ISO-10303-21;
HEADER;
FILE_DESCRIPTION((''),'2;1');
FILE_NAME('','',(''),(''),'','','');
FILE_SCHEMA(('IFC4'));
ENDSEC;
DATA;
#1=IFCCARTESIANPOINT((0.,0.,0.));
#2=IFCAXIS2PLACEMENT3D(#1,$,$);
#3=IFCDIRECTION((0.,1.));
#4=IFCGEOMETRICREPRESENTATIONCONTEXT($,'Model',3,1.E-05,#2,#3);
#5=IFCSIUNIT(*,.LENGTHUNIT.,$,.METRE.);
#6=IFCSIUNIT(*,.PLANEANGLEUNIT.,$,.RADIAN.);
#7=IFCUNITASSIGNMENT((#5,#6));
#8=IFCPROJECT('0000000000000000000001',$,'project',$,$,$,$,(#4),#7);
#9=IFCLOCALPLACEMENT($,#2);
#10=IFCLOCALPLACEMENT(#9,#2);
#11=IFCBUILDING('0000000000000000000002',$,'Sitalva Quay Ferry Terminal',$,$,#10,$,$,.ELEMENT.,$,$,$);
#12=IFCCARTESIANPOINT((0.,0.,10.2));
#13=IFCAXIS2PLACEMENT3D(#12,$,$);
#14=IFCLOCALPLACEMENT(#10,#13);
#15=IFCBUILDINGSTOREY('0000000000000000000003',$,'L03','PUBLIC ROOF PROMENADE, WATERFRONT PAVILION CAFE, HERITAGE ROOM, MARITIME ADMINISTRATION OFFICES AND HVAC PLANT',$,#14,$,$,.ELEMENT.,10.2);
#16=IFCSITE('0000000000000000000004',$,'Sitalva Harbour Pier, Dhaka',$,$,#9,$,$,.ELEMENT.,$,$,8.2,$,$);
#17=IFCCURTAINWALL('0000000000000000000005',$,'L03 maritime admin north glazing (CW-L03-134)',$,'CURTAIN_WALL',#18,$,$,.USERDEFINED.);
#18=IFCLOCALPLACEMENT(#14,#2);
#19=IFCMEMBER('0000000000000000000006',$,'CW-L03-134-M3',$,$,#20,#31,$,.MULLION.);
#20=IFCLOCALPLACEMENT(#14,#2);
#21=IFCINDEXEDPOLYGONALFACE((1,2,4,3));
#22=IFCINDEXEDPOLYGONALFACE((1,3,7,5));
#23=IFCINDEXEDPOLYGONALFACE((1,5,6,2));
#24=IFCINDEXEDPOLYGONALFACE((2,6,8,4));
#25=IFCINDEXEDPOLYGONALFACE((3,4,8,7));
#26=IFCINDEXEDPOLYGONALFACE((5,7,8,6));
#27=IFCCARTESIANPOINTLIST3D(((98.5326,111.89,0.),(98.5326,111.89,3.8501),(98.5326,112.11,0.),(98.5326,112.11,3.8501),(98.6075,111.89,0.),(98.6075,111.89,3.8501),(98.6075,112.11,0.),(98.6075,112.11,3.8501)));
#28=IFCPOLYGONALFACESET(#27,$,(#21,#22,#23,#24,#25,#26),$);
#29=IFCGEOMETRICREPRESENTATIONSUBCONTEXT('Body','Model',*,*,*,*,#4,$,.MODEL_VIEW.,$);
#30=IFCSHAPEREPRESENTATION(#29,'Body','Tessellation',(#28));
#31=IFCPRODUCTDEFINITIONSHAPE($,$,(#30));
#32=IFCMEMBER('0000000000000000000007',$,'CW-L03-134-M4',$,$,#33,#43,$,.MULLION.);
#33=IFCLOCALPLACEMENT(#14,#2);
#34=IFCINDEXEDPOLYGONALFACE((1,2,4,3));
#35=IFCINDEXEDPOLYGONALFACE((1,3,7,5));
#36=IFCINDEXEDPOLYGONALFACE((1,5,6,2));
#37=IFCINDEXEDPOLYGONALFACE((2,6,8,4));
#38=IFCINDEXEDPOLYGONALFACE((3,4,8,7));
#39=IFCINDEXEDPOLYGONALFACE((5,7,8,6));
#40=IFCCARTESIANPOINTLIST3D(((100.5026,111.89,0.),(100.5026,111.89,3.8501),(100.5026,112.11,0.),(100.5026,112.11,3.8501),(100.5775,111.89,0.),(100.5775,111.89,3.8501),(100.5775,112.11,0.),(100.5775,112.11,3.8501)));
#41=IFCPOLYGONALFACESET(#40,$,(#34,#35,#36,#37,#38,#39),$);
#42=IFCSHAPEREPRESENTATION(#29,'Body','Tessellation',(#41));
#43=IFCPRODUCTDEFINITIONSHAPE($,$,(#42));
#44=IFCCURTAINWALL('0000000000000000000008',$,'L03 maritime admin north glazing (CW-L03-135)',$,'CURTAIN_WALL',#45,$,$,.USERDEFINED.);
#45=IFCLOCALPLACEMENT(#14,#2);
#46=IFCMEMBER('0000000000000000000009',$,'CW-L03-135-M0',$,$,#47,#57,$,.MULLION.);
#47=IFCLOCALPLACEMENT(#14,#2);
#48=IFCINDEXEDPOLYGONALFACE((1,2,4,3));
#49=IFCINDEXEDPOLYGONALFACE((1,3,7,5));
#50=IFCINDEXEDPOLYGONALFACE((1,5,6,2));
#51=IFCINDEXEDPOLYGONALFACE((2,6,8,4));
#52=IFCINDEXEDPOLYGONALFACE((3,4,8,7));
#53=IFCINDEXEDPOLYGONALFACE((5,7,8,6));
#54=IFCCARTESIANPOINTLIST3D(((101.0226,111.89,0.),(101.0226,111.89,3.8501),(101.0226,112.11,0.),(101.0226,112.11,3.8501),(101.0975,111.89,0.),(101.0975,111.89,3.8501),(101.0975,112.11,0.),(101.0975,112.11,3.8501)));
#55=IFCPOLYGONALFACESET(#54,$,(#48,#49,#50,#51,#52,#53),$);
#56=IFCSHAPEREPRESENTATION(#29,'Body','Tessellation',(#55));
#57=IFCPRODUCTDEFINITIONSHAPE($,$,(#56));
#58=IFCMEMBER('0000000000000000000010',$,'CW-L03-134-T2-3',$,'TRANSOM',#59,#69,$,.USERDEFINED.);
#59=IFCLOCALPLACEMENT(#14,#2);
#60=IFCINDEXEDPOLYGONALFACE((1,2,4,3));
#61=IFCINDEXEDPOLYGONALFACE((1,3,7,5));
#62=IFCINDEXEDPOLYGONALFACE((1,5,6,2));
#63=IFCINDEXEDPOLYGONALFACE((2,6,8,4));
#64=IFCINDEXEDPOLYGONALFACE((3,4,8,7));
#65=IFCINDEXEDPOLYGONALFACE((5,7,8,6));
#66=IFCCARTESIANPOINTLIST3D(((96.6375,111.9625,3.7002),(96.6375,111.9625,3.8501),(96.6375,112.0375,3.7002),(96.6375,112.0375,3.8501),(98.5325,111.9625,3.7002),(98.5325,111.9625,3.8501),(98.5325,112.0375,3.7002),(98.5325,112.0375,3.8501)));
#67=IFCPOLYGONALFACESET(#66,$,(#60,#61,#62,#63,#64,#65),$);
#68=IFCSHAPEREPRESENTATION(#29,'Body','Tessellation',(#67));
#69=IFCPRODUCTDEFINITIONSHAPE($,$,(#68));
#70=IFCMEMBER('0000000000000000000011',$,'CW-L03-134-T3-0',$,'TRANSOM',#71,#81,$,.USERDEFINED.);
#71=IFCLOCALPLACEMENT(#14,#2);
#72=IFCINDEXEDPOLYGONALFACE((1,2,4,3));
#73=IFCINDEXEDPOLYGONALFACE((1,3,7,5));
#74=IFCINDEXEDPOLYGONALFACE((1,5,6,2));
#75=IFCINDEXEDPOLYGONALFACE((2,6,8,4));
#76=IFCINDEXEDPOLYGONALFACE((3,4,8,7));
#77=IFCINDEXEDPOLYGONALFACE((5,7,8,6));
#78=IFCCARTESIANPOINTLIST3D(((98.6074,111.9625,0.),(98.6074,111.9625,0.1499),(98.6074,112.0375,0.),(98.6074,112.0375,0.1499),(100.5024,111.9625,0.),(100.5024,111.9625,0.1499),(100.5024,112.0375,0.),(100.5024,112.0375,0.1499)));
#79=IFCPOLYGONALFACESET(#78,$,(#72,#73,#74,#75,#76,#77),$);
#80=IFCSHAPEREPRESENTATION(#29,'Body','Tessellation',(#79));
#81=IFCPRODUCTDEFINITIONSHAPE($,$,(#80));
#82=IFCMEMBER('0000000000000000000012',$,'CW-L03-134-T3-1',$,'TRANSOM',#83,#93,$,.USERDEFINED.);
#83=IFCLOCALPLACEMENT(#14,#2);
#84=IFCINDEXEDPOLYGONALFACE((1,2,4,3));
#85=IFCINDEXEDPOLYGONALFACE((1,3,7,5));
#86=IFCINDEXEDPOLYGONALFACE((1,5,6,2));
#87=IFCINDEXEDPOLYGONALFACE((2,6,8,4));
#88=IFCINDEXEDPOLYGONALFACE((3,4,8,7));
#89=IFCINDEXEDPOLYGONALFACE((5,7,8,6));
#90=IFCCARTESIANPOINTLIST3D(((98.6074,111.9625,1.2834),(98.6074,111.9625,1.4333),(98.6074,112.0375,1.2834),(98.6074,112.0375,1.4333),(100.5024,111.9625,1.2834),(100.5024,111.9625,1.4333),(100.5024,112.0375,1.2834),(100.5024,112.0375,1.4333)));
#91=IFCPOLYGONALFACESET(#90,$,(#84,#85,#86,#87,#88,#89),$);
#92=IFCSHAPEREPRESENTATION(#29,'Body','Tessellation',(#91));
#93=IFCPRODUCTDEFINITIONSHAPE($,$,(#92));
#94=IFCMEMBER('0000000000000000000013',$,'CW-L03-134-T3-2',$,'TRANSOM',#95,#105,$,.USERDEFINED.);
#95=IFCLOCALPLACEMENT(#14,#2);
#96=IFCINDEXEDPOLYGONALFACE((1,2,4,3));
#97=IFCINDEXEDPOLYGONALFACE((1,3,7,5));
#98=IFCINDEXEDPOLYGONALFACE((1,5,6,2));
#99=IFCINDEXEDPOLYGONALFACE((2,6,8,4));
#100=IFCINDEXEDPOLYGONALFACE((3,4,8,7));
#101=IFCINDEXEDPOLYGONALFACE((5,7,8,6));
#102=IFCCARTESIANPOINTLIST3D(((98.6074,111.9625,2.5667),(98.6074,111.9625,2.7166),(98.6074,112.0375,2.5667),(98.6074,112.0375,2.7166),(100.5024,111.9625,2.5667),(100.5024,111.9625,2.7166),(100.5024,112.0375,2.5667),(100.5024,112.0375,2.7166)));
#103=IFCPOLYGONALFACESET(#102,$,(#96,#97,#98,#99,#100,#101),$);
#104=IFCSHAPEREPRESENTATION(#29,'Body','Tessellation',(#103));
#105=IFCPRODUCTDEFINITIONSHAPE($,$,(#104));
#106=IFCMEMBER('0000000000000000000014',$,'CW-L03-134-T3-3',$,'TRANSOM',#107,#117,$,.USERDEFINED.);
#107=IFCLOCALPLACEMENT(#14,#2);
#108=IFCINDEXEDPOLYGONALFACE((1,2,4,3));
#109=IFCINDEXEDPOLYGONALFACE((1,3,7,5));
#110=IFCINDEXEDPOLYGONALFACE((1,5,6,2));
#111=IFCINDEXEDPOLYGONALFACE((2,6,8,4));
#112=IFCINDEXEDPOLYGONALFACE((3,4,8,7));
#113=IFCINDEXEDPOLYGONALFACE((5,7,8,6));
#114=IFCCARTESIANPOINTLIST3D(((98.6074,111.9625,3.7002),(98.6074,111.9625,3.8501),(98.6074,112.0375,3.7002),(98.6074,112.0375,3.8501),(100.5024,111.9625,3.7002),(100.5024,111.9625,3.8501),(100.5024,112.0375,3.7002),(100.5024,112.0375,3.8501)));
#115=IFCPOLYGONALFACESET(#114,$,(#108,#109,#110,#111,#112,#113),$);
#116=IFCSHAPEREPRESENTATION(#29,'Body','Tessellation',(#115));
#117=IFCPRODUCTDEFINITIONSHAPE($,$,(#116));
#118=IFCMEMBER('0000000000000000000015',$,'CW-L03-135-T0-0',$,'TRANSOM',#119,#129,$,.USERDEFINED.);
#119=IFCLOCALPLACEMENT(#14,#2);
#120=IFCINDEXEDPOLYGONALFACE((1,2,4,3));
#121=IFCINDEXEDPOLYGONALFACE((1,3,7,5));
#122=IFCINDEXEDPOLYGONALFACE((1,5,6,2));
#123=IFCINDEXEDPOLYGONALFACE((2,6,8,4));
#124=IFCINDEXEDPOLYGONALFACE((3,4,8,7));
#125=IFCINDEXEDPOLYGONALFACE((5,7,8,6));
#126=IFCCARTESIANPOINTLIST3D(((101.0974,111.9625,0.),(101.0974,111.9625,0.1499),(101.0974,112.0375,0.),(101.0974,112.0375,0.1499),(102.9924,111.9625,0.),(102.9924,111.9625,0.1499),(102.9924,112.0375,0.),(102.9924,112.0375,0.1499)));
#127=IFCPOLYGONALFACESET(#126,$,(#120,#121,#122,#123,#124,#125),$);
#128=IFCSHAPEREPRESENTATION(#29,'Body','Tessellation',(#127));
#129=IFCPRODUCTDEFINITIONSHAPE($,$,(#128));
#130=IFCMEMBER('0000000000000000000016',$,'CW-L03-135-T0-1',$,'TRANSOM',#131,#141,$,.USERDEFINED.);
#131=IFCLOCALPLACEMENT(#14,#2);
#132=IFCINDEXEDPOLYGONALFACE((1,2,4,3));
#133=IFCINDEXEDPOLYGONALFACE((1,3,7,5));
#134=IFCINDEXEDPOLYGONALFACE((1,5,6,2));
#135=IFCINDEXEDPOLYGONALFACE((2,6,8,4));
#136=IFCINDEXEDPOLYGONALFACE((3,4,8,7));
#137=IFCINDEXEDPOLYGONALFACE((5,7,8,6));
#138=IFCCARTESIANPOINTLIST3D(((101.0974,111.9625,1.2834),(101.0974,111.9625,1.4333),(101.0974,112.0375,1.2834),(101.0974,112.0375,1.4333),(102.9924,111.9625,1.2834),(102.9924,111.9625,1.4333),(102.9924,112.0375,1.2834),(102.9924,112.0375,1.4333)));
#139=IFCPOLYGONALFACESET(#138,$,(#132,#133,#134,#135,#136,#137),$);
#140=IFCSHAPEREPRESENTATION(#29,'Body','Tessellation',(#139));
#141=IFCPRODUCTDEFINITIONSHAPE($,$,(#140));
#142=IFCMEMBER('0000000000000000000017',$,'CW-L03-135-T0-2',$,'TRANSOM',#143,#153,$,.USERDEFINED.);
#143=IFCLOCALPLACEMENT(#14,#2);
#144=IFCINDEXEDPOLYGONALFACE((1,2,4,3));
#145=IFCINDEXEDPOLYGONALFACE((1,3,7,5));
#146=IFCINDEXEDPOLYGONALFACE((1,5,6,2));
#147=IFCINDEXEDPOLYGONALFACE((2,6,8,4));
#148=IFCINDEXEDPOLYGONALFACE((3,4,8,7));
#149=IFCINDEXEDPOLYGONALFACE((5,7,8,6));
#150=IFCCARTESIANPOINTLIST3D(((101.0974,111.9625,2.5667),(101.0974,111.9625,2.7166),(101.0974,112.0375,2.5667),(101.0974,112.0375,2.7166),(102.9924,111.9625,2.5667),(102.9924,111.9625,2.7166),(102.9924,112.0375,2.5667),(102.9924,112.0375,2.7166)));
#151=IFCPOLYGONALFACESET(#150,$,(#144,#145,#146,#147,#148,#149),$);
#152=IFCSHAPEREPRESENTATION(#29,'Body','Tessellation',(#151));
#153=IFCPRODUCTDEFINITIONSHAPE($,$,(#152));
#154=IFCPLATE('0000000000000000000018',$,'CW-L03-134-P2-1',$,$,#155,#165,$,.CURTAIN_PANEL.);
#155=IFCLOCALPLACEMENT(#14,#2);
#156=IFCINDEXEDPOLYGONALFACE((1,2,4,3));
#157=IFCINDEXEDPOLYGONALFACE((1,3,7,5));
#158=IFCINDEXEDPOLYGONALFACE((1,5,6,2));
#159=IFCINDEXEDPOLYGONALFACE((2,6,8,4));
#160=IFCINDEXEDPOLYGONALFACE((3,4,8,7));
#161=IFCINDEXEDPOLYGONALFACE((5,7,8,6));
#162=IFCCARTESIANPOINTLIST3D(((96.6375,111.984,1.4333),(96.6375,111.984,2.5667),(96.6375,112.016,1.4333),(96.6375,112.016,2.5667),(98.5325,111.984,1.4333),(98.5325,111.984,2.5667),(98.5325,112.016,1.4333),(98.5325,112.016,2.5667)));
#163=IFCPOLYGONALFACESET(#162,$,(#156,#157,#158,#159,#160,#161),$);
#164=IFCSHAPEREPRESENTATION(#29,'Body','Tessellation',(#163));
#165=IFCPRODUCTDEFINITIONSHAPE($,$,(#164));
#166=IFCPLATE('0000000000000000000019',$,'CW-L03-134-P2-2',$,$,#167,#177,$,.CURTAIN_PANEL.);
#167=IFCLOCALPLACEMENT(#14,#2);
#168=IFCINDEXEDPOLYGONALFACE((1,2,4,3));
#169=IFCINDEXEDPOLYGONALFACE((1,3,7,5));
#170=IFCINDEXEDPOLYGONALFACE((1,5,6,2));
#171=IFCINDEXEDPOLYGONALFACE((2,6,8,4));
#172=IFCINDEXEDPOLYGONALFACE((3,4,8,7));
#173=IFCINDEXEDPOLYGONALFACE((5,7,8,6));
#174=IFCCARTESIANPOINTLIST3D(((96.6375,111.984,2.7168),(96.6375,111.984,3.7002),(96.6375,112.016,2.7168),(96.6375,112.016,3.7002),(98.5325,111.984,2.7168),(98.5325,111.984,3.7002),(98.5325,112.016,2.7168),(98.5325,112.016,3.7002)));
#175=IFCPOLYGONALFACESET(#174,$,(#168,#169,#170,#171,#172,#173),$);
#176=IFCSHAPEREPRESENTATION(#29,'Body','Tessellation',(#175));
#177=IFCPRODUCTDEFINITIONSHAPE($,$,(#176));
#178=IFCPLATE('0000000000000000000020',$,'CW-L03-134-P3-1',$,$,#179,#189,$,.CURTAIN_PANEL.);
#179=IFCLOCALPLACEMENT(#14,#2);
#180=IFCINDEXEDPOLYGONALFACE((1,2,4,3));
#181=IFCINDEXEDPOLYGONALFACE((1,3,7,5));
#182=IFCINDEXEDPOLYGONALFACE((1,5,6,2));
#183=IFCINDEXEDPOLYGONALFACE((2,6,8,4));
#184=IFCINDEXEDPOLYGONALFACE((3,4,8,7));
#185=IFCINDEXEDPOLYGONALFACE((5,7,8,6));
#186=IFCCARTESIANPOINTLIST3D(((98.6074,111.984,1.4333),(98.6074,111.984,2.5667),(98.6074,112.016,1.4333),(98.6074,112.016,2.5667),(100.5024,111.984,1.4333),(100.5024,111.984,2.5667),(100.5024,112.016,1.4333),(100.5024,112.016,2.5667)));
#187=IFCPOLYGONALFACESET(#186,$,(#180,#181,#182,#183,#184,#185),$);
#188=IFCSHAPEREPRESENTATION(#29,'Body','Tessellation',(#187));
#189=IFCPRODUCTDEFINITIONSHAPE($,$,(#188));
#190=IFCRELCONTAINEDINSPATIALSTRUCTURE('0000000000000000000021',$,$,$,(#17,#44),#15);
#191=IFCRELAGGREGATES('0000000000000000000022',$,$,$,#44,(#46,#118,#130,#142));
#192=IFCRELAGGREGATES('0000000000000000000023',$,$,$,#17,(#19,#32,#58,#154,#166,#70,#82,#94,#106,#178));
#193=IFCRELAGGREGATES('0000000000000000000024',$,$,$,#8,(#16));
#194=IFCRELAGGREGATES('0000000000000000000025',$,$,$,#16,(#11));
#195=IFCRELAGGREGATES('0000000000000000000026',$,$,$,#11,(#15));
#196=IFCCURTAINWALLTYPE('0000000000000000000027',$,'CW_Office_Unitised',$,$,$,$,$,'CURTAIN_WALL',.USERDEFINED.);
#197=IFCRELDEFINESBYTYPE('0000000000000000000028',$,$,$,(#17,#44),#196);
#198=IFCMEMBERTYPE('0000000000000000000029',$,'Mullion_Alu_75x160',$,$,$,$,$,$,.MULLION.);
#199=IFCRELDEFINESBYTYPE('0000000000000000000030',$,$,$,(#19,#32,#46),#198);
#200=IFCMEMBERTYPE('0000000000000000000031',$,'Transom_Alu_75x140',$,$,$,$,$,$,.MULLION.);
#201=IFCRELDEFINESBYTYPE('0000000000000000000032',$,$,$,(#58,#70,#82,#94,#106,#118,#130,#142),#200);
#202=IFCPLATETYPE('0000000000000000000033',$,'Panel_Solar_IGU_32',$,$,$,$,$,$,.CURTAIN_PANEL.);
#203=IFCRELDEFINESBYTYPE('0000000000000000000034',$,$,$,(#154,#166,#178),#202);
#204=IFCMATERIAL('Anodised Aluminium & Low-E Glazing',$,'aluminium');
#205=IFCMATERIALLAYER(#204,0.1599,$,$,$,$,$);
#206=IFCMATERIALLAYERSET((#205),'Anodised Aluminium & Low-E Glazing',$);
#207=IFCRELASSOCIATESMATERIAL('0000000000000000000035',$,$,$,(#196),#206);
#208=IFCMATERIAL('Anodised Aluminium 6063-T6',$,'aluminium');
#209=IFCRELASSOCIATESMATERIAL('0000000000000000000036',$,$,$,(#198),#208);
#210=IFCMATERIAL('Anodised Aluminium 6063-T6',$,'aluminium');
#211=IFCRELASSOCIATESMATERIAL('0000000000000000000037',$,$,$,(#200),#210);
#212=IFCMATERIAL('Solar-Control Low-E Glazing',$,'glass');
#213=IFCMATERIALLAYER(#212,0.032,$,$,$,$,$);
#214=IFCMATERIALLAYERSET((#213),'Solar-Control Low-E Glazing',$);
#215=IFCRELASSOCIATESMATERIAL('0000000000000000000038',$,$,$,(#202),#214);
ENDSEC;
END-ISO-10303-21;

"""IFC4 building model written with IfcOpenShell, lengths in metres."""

from ifc_helpers import new_model, si_unit, direction, frame, origin, origin_2d, place, context, subcontext, project, spatial, rectangle, extrude, material, layer, layer_set, material_profile, profile_set, type_object, element, aggregate, save


model = new_model("IFC4")

# Units and contexts
model_context = context("Model", 3, precision=1e-05, world=origin(), true_north=direction((0.0, 1.0)))
body_context = subcontext(model_context, "Body", "Model", "MODEL_VIEW")
ifc_project = project(units=[si_unit("LENGTHUNIT", "METRE"), si_unit("PLANEANGLEUNIT", "RADIAN")], contexts=[model_context])

# Site, building, storey
site_placement = place(None, origin())
site = spatial("IfcSite", under=ifc_project, at=site_placement, Name="Sitalva Harbour Pier, Dhaka", CompositionType="ELEMENT", RefElevation=8.2)
building_placement = place(site_placement, origin())
building = spatial("IfcBuilding", under=site, at=building_placement, Name="Sitalva Quay Ferry Terminal", CompositionType="ELEMENT")
storey_placement = place(building_placement, frame((0.0, 0.0, 10.2)))
storey = spatial("IfcBuildingStorey", under=building, at=storey_placement, Name="L03", Description="PUBLIC ROOF PROMENADE, WATERFRONT PAVILION CAFE, HERITAGE ROOM, MARITIME ADMINISTRATION OFFICES AND HVAC PLANT", CompositionType="ELEMENT", Elevation=10.2)

# Curtain wall, members
ifc_material_1 = material(Name="Anodised Aluminium & Low-E Glazing", Category="aluminium")
ifc_layer_1 = layer(ifc_material_1, 0.1599)
ifc_layer_set_1 = layer_set([ifc_layer_1], Name="Anodised Aluminium & Low-E Glazing")
curtain_wall_type = type_object("IfcCurtainWallType", Name="CW_Office_Unitised", ElementType="CURTAIN_WALL", PredefinedType="USERDEFINED", material=ifc_layer_set_1)
curtain_wall_1_placement = place(storey_placement, origin())
curtain_wall_1 = element("IfcCurtainWall", 1, at=curtain_wall_1_placement, inside=storey, type_object=curtain_wall_type, Name="L03 maritime admin north glazing (CW-L03-134)", ObjectType="CURTAIN_WALL", PredefinedType="USERDEFINED")
ifc_material_2 = material(Name="Anodised Aluminium 6063-T6", Category="aluminium")
ifc_material_profile_1 = material_profile(ifc_material_2, rectangle(XDim=0.075, YDim=0.22, at=origin_2d()), Name="ALU75x220")
ifc_profile_set_1 = profile_set([ifc_material_profile_1], Name="Anodised Aluminium 6063-T6")
member_type_1 = type_object("IfcMemberType", Name="Mullion_Alu_75x160", PredefinedType="MULLION", material=ifc_profile_set_1)
member_1_placement = place(storey_placement, frame((98.5701, 112.0, 0.0), z_axis=(0.0, 0.0, 1.0), x_axis=(1.0, 0.0, 0.0)))
member_1 = element("IfcMember", 2, at=member_1_placement, type_object=member_type_1, Name="CW-L03-134-M3", PredefinedType="MULLION", context=body_context, shape_type="SweptSolid", body=[
    extrude(rectangle(XDim=0.075, YDim=0.22, at=origin_2d()), origin(), (0.0, 0.0, 1.0), 3.8501),
])
member_2_placement = place(storey_placement, frame((100.54, 112.0, 0.0), z_axis=(0.0, 0.0, 1.0), x_axis=(1.0, 0.0, 0.0)))
member_2 = element("IfcMember", 3, at=member_2_placement, type_object=member_type_1, Name="CW-L03-134-M4", PredefinedType="MULLION", context=body_context, shape_type="SweptSolid", body=[
    extrude(rectangle(XDim=0.075, YDim=0.22, at=origin_2d()), origin(), (0.0, 0.0, 1.0), 3.8501),
])

# Curtain wall, member
curtain_wall_2_placement = place(storey_placement, origin())
curtain_wall_2 = element("IfcCurtainWall", 4, at=curtain_wall_2_placement, inside=storey, type_object=curtain_wall_type, Name="L03 maritime admin north glazing (CW-L03-135)", ObjectType="CURTAIN_WALL", PredefinedType="USERDEFINED")
member_3_placement = place(storey_placement, frame((101.0601, 112.0, 0.0), z_axis=(0.0, 0.0, 1.0), x_axis=(1.0, 0.0, 0.0)))
member_3 = element("IfcMember", 5, at=member_3_placement, type_object=member_type_1, Name="CW-L03-135-M0", PredefinedType="MULLION", context=body_context, shape_type="SweptSolid", body=[
    extrude(rectangle(XDim=0.075, YDim=0.22, at=origin_2d()), origin(), (0.0, 0.0, 1.0), 3.8501),
])

# Members
ifc_material_3 = material(Name="Anodised Aluminium 6063-T6", Category="aluminium")
ifc_material_profile_2 = material_profile(ifc_material_3, rectangle(XDim=0.075, YDim=0.1499, at=origin_2d()), Name="ALU75x150")
ifc_profile_set_2 = profile_set([ifc_material_profile_2], Name="Anodised Aluminium 6063-T6")
member_type_2 = type_object("IfcMemberType", Name="Transom_Alu_75x140", PredefinedType="MULLION", material=ifc_profile_set_2)
member_4_placement = place(storey_placement, frame((96.6375, 112.0, 3.7751), z_axis=(1.0, 0.0, 0.0), x_axis=(0.0, 1.0, 0.0)))
member_4 = element("IfcMember", 6, at=member_4_placement, type_object=member_type_2, Name="CW-L03-134-T2-3", ObjectType="TRANSOM", PredefinedType="USERDEFINED", context=body_context, shape_type="SweptSolid", body=[
    extrude(rectangle(XDim=0.075, YDim=0.1499, at=origin_2d()), origin(), (0.0, 0.0, 1.0), 1.895),
])
member_5_placement = place(storey_placement, frame((98.6074, 112.0, 0.075), z_axis=(1.0, 0.0, 0.0), x_axis=(0.0, 1.0, 0.0)))
member_5 = element("IfcMember", 7, at=member_5_placement, type_object=member_type_2, Name="CW-L03-134-T3-0", ObjectType="TRANSOM", PredefinedType="USERDEFINED", context=body_context, shape_type="SweptSolid", body=[
    extrude(rectangle(XDim=0.075, YDim=0.1499, at=origin_2d()), origin(), (0.0, 0.0, 1.0), 1.895),
])
member_6_placement = place(storey_placement, frame((98.6074, 112.0, 1.3584), z_axis=(1.0, 0.0, 0.0), x_axis=(0.0, 1.0, 0.0)))
member_6 = element("IfcMember", 8, at=member_6_placement, type_object=member_type_2, Name="CW-L03-134-T3-1", ObjectType="TRANSOM", PredefinedType="USERDEFINED", context=body_context, shape_type="SweptSolid", body=[
    extrude(rectangle(XDim=0.075, YDim=0.1499, at=origin_2d()), origin(), (0.0, 0.0, 1.0), 1.895),
])
member_7_placement = place(storey_placement, frame((98.6074, 112.0, 2.6416), z_axis=(1.0, 0.0, 0.0), x_axis=(0.0, 1.0, 0.0)))
member_7 = element("IfcMember", 9, at=member_7_placement, type_object=member_type_2, Name="CW-L03-134-T3-2", ObjectType="TRANSOM", PredefinedType="USERDEFINED", context=body_context, shape_type="SweptSolid", body=[
    extrude(rectangle(XDim=0.075, YDim=0.1499, at=origin_2d()), origin(), (0.0, 0.0, 1.0), 1.895),
])
member_8_placement = place(storey_placement, frame((98.6074, 112.0, 3.7751), z_axis=(1.0, 0.0, 0.0), x_axis=(0.0, 1.0, 0.0)))
member_8 = element("IfcMember", 10, at=member_8_placement, type_object=member_type_2, Name="CW-L03-134-T3-3", ObjectType="TRANSOM", PredefinedType="USERDEFINED", context=body_context, shape_type="SweptSolid", body=[
    extrude(rectangle(XDim=0.075, YDim=0.1499, at=origin_2d()), origin(), (0.0, 0.0, 1.0), 1.895),
])
member_9_placement = place(storey_placement, frame((101.0974, 112.0, 0.075), z_axis=(1.0, 0.0, 0.0), x_axis=(0.0, 1.0, 0.0)))
member_9 = element("IfcMember", 11, at=member_9_placement, type_object=member_type_2, Name="CW-L03-135-T0-0", ObjectType="TRANSOM", PredefinedType="USERDEFINED", context=body_context, shape_type="SweptSolid", body=[
    extrude(rectangle(XDim=0.075, YDim=0.1499, at=origin_2d()), origin(), (0.0, 0.0, 1.0), 1.895),
])
member_10_placement = place(storey_placement, frame((101.0974, 112.0, 1.3584), z_axis=(1.0, 0.0, 0.0), x_axis=(0.0, 1.0, 0.0)))
member_10 = element("IfcMember", 12, at=member_10_placement, type_object=member_type_2, Name="CW-L03-135-T0-1", ObjectType="TRANSOM", PredefinedType="USERDEFINED", context=body_context, shape_type="SweptSolid", body=[
    extrude(rectangle(XDim=0.075, YDim=0.1499, at=origin_2d()), origin(), (0.0, 0.0, 1.0), 1.895),
])
member_11_placement = place(storey_placement, frame((101.0974, 112.0, 2.6416), z_axis=(1.0, 0.0, 0.0), x_axis=(0.0, 1.0, 0.0)))
member_11 = element("IfcMember", 13, at=member_11_placement, type_object=member_type_2, Name="CW-L03-135-T0-2", ObjectType="TRANSOM", PredefinedType="USERDEFINED", context=body_context, shape_type="SweptSolid", body=[
    extrude(rectangle(XDim=0.075, YDim=0.1499, at=origin_2d()), origin(), (0.0, 0.0, 1.0), 1.895),
])
aggregate(curtain_wall_2, [member_3, member_9, member_10, member_11])

# Plates
ifc_material_4 = material(Name="Solar-Control Low-E Glazing", Category="glass")
ifc_layer_2 = layer(ifc_material_4, 0.032)
ifc_layer_set_2 = layer_set([ifc_layer_2], Name="Solar-Control Low-E Glazing")
plate_type_1 = type_object("IfcPlateType", Name="Panel_Solar_IGU_32", PredefinedType="CURTAIN_PANEL", material=ifc_layer_set_2)
plate_1_placement = place(storey_placement, frame((97.585, 112.0, 1.4333), z_axis=(0.0, 0.0, 1.0), x_axis=(1.0, 0.0, 0.0)))
plate_1 = element("IfcPlate", 14, at=plate_1_placement, type_object=plate_type_1, Name="CW-L03-134-P2-1", PredefinedType="CURTAIN_PANEL", context=body_context, shape_type="SweptSolid", body=[
    extrude(rectangle(XDim=1.895, YDim=0.032, at=origin_2d()), origin(), (0.0, 0.0, 1.0), 1.1333),
])
plate_2_placement = place(storey_placement, frame((97.585, 112.0, 2.7168), z_axis=(0.0, 0.0, 1.0), x_axis=(1.0, 0.0, 0.0)))
plate_2 = element("IfcPlate", 15, at=plate_2_placement, type_object=plate_type_1, Name="CW-L03-134-P2-2", PredefinedType="CURTAIN_PANEL", context=body_context, shape_type="SweptSolid", body=[
    extrude(rectangle(XDim=1.895, YDim=0.032, at=origin_2d()), origin(), (0.0, 0.0, 1.0), 0.9834),
])
plate_3_placement = place(storey_placement, frame((99.5549, 112.0, 1.4333), z_axis=(0.0, 0.0, 1.0), x_axis=(1.0, 0.0, 0.0)))
plate_3 = element("IfcPlate", 16, at=plate_3_placement, type_object=plate_type_1, Name="CW-L03-134-P3-1", PredefinedType="CURTAIN_PANEL", context=body_context, shape_type="SweptSolid", body=[
    extrude(rectangle(XDim=1.895, YDim=0.032, at=origin_2d()), origin(), (0.0, 0.0, 1.0), 1.1333),
])
aggregate(curtain_wall_1, [member_1, member_2, member_4, plate_1, plate_2, member_5, member_6, member_7, member_8, plate_3])

save(model, "model.ifc")
